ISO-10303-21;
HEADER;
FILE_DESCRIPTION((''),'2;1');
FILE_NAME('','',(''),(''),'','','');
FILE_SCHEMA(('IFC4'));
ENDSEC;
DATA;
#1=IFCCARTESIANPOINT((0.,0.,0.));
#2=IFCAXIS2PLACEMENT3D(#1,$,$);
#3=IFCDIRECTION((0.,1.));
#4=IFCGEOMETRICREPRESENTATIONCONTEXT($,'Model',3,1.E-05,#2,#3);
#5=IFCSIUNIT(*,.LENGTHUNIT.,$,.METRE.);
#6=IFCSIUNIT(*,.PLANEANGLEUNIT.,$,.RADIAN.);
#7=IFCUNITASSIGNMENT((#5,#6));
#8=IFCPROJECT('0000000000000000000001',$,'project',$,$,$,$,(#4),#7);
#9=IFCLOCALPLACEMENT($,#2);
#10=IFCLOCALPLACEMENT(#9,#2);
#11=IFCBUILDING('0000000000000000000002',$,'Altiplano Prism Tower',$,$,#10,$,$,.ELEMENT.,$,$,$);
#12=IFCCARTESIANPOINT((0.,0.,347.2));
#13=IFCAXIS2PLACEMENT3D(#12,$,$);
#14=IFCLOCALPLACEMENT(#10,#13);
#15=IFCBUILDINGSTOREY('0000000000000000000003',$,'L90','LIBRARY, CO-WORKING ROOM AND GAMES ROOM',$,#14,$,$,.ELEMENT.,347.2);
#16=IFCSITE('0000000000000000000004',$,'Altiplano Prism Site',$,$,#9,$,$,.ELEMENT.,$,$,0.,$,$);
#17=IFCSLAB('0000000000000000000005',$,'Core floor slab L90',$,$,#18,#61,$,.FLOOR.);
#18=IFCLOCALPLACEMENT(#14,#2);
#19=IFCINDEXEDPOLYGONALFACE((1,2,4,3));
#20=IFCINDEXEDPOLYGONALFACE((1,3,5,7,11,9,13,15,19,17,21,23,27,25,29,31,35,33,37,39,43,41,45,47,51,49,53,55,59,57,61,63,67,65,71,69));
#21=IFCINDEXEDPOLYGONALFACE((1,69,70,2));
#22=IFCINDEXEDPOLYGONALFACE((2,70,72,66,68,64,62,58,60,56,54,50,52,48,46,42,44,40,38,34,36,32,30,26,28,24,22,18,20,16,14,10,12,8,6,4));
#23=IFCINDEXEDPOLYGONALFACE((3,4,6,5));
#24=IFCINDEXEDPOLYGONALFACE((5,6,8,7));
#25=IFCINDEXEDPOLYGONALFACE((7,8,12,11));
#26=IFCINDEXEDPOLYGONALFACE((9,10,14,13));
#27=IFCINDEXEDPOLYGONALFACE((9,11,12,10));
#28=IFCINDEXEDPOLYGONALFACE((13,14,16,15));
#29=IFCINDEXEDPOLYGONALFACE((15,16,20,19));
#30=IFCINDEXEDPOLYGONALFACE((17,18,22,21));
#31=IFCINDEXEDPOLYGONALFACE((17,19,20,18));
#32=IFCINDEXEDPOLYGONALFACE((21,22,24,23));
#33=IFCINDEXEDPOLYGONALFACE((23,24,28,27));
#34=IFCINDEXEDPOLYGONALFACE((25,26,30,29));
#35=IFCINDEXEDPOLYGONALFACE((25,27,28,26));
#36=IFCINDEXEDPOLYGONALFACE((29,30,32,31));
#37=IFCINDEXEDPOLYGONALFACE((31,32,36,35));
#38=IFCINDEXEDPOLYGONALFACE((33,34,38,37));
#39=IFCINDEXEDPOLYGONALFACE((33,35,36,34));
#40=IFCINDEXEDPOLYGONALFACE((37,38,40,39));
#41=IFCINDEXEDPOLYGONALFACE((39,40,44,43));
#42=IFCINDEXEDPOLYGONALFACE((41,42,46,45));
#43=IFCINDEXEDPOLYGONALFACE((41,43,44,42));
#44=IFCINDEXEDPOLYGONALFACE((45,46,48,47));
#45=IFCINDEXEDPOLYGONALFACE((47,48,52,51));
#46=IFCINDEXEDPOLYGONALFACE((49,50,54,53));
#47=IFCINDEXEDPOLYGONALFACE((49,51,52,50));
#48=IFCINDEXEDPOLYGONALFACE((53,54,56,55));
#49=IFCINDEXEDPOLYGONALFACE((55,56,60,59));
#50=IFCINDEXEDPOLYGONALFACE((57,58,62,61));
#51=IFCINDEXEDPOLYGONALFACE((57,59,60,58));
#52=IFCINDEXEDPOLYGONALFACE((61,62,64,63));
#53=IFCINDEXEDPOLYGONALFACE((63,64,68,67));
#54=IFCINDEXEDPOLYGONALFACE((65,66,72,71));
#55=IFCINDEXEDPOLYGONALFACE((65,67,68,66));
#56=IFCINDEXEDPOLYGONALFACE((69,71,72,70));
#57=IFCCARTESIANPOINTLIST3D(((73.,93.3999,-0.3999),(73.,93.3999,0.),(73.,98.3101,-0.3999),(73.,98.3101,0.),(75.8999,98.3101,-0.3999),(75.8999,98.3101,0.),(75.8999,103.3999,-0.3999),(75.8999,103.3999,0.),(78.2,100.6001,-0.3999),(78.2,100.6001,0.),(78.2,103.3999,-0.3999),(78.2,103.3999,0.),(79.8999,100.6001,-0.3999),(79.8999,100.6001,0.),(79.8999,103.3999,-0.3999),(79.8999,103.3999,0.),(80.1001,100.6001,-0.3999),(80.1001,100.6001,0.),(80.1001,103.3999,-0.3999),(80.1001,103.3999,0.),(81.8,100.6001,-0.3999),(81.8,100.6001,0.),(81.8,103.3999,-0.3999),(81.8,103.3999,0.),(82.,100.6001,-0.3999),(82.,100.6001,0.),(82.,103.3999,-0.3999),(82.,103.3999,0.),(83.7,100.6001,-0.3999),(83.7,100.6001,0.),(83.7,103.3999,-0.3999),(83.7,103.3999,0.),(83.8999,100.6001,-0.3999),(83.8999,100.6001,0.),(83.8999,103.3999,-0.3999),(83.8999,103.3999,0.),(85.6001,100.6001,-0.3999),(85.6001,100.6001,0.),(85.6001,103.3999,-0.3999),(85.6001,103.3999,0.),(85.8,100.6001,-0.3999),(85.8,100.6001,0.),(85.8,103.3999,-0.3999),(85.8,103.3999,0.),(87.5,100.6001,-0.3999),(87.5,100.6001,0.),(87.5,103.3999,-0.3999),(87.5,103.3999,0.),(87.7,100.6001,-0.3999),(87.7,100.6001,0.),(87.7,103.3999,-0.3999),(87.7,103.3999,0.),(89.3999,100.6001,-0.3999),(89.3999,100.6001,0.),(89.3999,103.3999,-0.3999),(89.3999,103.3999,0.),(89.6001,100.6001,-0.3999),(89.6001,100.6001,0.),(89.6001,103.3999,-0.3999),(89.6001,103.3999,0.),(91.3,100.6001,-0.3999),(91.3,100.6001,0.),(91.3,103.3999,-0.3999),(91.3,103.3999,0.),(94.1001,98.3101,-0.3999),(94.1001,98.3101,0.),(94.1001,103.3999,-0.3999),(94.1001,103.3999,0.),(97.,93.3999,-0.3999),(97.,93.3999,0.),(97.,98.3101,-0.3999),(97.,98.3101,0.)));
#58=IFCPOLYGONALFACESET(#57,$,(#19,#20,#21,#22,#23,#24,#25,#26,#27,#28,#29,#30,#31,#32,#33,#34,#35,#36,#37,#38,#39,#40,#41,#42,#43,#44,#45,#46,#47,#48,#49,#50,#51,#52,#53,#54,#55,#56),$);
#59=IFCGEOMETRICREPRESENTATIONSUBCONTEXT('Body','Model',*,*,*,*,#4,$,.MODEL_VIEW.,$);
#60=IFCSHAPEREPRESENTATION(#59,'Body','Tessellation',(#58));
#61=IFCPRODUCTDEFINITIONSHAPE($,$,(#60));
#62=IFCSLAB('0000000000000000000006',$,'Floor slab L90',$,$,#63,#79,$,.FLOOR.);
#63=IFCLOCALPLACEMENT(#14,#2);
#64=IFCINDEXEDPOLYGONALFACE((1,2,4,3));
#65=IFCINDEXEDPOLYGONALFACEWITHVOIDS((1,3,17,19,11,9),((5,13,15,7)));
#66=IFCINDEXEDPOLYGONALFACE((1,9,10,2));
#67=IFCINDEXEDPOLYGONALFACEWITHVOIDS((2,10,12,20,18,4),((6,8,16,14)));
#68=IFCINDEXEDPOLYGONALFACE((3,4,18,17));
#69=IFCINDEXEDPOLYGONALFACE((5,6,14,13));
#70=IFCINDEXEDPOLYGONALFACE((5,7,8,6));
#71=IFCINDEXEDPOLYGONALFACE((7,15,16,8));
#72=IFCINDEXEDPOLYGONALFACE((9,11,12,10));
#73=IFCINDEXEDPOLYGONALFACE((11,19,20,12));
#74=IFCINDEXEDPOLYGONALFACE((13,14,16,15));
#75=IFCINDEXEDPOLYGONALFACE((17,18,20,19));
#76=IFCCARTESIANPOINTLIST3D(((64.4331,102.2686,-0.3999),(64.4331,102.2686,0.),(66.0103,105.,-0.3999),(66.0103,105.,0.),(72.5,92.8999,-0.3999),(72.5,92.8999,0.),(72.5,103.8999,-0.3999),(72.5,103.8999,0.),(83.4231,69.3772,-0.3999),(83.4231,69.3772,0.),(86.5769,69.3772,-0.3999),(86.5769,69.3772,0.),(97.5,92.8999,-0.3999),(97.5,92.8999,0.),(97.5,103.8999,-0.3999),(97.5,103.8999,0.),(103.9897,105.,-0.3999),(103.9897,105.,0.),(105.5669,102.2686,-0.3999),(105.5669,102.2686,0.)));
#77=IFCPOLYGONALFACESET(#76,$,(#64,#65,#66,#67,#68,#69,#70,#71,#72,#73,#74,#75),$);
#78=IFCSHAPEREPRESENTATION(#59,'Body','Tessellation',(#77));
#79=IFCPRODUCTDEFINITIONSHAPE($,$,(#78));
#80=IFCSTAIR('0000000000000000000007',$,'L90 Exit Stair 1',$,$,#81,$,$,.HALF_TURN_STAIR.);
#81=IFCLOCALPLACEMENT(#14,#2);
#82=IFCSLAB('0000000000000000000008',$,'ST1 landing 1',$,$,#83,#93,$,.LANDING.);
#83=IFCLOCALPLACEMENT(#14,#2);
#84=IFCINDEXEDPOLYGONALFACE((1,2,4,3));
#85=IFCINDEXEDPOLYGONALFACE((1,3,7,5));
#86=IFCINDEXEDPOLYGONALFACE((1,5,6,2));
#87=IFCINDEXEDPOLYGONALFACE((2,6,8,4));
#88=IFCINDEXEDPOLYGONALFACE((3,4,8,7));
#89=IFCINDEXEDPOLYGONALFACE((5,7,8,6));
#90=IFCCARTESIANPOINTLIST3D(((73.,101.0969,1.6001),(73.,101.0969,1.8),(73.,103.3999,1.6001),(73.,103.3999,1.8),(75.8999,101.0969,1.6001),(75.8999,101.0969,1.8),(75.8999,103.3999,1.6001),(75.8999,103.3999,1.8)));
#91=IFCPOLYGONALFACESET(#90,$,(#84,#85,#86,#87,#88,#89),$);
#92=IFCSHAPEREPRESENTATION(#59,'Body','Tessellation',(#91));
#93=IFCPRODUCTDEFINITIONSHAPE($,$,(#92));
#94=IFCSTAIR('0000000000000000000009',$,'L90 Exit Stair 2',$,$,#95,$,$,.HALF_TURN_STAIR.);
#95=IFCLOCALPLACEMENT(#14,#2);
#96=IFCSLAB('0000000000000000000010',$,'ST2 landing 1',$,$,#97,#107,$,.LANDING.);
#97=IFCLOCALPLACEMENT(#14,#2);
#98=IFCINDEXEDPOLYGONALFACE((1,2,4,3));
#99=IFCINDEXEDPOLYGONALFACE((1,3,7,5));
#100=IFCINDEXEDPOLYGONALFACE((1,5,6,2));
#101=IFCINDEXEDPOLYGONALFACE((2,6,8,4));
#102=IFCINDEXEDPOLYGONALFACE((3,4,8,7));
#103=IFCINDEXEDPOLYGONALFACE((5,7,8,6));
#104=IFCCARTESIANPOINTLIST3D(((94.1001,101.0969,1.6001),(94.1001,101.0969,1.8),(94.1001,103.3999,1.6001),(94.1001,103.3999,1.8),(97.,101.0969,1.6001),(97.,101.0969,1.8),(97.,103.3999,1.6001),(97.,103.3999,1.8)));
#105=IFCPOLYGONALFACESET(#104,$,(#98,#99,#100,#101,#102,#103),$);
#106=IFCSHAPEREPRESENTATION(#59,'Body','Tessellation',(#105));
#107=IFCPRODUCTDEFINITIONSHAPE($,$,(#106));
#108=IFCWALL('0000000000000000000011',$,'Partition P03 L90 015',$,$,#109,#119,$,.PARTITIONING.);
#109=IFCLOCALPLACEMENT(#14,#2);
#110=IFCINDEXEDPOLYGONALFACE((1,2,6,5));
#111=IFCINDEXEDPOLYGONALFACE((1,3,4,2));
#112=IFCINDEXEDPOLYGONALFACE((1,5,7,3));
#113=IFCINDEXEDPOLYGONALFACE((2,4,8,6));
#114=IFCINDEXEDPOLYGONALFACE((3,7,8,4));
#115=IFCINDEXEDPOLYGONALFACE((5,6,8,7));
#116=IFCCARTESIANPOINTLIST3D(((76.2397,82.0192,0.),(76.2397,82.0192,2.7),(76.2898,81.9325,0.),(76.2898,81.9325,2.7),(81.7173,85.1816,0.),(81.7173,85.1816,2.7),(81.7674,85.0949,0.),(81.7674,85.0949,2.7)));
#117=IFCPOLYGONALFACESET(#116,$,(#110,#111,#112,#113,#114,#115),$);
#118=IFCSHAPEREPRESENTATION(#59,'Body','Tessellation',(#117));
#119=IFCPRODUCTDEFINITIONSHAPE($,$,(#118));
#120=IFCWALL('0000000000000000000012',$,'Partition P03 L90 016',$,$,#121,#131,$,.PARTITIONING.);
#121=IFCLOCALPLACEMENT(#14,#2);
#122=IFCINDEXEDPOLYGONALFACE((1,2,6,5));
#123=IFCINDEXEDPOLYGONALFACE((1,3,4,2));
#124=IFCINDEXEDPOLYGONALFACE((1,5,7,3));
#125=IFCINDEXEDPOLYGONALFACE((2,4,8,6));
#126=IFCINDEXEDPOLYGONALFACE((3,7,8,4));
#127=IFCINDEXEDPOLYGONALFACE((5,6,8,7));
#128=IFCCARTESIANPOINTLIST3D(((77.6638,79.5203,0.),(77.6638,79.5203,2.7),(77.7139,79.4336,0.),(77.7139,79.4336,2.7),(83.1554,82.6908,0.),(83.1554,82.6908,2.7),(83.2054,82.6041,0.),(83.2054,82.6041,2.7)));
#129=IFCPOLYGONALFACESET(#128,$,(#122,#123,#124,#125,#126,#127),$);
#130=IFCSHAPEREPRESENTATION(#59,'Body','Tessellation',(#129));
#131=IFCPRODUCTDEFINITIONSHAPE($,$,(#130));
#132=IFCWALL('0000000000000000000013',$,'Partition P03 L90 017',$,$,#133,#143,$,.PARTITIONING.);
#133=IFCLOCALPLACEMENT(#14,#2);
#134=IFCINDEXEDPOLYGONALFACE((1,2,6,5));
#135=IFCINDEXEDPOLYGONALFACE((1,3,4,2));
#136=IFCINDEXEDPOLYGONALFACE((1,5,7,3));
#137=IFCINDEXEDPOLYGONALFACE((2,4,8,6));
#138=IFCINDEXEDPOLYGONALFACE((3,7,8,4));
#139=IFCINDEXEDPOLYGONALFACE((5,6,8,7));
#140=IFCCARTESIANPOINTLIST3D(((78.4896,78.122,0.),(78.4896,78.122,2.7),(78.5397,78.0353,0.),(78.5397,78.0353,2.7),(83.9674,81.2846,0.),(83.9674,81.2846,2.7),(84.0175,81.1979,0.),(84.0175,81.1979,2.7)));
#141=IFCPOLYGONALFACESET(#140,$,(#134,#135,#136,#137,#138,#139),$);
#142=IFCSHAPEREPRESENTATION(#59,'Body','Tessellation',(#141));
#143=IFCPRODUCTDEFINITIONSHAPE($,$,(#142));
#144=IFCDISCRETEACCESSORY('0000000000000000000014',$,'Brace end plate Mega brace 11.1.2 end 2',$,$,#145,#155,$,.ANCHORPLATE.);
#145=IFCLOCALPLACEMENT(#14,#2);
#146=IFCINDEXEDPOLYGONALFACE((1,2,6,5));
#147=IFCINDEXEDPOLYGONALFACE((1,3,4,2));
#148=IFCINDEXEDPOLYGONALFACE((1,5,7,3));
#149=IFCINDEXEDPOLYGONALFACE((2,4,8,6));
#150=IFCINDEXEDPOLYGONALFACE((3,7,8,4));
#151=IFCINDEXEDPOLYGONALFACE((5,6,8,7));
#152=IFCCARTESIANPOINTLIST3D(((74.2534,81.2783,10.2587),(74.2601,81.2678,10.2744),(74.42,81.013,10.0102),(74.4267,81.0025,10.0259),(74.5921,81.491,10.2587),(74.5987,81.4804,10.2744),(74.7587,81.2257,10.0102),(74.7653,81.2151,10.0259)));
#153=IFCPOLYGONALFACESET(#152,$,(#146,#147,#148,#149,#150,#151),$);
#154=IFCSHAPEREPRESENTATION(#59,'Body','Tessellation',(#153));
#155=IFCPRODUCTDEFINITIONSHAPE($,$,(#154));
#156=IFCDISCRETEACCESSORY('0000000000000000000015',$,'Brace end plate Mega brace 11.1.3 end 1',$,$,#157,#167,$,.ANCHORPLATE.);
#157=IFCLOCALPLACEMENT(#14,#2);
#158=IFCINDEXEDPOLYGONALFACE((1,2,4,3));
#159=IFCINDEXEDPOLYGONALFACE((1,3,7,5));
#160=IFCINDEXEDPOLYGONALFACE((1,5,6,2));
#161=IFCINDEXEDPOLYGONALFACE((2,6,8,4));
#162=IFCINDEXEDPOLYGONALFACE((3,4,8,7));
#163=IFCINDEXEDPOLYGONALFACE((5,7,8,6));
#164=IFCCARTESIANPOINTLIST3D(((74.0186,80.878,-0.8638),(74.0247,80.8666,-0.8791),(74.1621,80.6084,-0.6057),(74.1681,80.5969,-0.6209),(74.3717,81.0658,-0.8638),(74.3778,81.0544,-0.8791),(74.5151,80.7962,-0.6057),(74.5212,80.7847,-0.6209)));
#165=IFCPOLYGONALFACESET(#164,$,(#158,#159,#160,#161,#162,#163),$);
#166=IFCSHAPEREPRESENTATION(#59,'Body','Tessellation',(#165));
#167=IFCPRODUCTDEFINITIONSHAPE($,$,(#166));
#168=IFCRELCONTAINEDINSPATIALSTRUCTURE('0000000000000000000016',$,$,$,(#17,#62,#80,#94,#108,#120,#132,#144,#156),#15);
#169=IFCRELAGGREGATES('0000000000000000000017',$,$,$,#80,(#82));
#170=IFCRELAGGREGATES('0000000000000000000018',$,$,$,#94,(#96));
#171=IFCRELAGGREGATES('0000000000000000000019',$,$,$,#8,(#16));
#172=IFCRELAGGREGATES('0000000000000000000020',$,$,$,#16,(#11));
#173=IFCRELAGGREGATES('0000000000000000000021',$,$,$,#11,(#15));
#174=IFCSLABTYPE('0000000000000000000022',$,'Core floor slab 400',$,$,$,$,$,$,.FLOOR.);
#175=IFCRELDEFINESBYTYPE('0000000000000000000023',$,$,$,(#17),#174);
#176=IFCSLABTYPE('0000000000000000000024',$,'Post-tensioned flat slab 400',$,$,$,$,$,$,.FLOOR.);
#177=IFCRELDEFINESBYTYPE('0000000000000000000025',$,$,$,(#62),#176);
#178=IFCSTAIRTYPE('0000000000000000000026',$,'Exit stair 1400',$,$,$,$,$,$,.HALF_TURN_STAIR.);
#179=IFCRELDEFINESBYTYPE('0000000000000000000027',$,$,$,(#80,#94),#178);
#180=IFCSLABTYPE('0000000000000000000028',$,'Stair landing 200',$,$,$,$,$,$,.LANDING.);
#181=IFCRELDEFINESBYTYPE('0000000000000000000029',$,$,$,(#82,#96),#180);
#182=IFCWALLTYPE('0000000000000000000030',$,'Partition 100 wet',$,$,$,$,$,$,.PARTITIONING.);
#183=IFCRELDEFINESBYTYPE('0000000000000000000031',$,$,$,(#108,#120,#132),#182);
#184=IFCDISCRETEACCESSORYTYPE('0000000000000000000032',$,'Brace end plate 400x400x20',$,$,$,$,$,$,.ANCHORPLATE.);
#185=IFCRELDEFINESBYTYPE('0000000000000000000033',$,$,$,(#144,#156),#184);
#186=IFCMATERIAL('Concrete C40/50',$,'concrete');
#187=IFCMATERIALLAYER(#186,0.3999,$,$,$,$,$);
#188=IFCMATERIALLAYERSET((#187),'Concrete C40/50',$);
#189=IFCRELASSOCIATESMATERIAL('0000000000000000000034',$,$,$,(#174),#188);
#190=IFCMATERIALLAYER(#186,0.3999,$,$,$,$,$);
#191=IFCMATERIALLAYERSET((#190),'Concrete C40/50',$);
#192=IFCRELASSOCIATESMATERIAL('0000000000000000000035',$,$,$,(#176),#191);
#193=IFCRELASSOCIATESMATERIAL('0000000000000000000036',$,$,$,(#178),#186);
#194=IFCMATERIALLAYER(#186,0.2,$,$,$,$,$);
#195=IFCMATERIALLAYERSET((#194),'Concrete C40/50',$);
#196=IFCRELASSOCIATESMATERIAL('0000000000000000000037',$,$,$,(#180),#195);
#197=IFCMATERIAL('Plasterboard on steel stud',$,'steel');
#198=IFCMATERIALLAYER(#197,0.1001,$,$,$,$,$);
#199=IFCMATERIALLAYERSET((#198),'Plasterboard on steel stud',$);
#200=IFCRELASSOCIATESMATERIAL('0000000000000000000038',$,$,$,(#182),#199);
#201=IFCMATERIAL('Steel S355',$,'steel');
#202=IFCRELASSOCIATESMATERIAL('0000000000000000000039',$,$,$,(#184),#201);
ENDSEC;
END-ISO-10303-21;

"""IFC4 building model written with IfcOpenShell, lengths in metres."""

from ifc_helpers import new_model, si_unit, direction, frame, frame_2d, origin, origin_2d, place, context, subcontext, project, spatial, polyline, rectangle, outline, extrude, material, layer, layer_set, material_profile, profile_set, type_object, element, aggregate, save


model = new_model("IFC4")

# Units and contexts
model_context = context("Model", 3, precision=1e-05, world=origin(), true_north=direction((0.0, 1.0)))
body_context = subcontext(model_context, "Body", "Model", "MODEL_VIEW")
ifc_project = project(units=[si_unit("LENGTHUNIT", "METRE"), si_unit("PLANEANGLEUNIT", "RADIAN")], contexts=[model_context])

# Site, building, storey
site_placement = place(None, origin())
site = spatial("IfcSite", under=ifc_project, at=site_placement, Name="Altiplano Prism Site", CompositionType="ELEMENT", RefElevation=0.0)
building_placement = place(site_placement, origin())
building = spatial("IfcBuilding", under=site, at=building_placement, Name="Altiplano Prism Tower", CompositionType="ELEMENT")
storey_placement = place(building_placement, frame((0.0, 0.0, 347.2)))
storey = spatial("IfcBuildingStorey", under=building, at=storey_placement, Name="L90", Description="LIBRARY, CO-WORKING ROOM AND GAMES ROOM", CompositionType="ELEMENT", Elevation=347.2)

# Shared definitions
ifc_material_1 = material(Name="Steel S355", Category="steel")

# Slabs
ifc_material_2 = material(Name="Concrete C40/50", Category="concrete")
ifc_layer_1 = layer(ifc_material_2, 0.3999)
ifc_layer_set_1 = layer_set([ifc_layer_1], Name="Concrete C40/50")
slab_type_1 = type_object("IfcSlabType", Name="Core floor slab 400", PredefinedType="FLOOR", material=ifc_layer_set_1)
slab_1_placement = place(storey_placement, frame((0.0, 0.0, -0.3999)))
element("IfcSlab", 1, at=slab_1_placement, inside=storey, type_object=slab_type_1, Name="Core floor slab L90", PredefinedType="FLOOR", context=body_context, shape_type="SweptSolid", body=[
    extrude(outline(polyline([(97.0, 98.3101), (94.1001, 98.3101), (94.1001, 103.3999), (91.3, 103.3999), (91.3, 100.6001), (89.6001, 100.6001), (89.6001, 103.3999), (89.3999, 103.3999), (89.3999, 100.6001), (87.7, 100.6001), (87.7, 103.3999), (87.5, 103.3999), (87.5, 100.6001), (85.8, 100.6001), (85.8, 103.3999), (85.6001, 103.3999), (85.6001, 100.6001), (83.8999, 100.6001), (83.8999, 103.3999), (83.7, 103.3999), (83.7, 100.6001), (82.0, 100.6001), (82.0, 103.3999), (81.8, 103.3999), (81.8, 100.6001), (80.1001, 100.6001), (80.1001, 103.3999), (79.8999, 103.3999), (79.8999, 100.6001), (78.2, 100.6001), (78.2, 103.3999), (75.8999, 103.3999), (75.8999, 98.3101), (73.0, 98.3101), (73.0, 93.3999), (97.0, 93.3999), (97.0, 98.3101)])), origin(), (0.0, 0.0, 1.0), 0.3999),
])
ifc_layer_2 = layer(ifc_material_2, 0.3999)
ifc_layer_set_2 = layer_set([ifc_layer_2], Name="Concrete C40/50")
slab_type_2 = type_object("IfcSlabType", Name="Post-tensioned flat slab 400", PredefinedType="FLOOR", material=ifc_layer_set_2)
slab_2_placement = place(storey_placement, frame((0.0, 0.0, -0.3999)))
element("IfcSlab", 2, at=slab_2_placement, inside=storey, type_object=slab_type_2, Name="Floor slab L90", PredefinedType="FLOOR", context=body_context, shape_type="SweptSolid", body=[
    extrude(outline(polyline([(105.5669, 102.2686), (86.5769, 69.3772), (83.4231, 69.3772), (64.4331, 102.2686), (66.0103, 105.0), (103.9897, 105.0), (105.5669, 102.2686)]), holes=[polyline([(97.5, 92.8999), (97.5, 103.8999), (72.5, 103.8999), (72.5, 92.8999), (97.5, 92.8999)])]), origin(), (0.0, 0.0, 1.0), 0.3999),
])

# Stairs, slabs
stair_type = type_object("IfcStairType", Name="Exit stair 1400", PredefinedType="HALF_TURN_STAIR", material=ifc_material_2)
stair_1_placement = place(storey_placement, origin())
stair_1 = element("IfcStair", 3, at=stair_1_placement, inside=storey, type_object=stair_type, Name="L90 Exit Stair 1", PredefinedType="HALF_TURN_STAIR")
ifc_layer_3 = layer(ifc_material_2, 0.2)
ifc_layer_set_3 = layer_set([ifc_layer_3], Name="Concrete C40/50")
slab_type_3 = type_object("IfcSlabType", Name="Stair landing 200", PredefinedType="LANDING", material=ifc_layer_set_3)
slab_3_placement = place(storey_placement, frame((0.0, 0.0, 1.6001)))
slab_3 = element("IfcSlab", 4, at=slab_3_placement, type_object=slab_type_3, Name="ST1 landing 1", PredefinedType="LANDING", context=body_context, shape_type="SweptSolid", body=[
    extrude(outline(polyline([(75.8999, 101.0969), (75.8999, 103.3999), (73.0, 103.3999), (73.0, 101.0969), (75.8999, 101.0969)])), origin(), (0.0, 0.0, 1.0), 0.2),
])
aggregate(stair_1, [slab_3])
stair_2_placement = place(storey_placement, origin())
stair_2 = element("IfcStair", 5, at=stair_2_placement, inside=storey, type_object=stair_type, Name="L90 Exit Stair 2", PredefinedType="HALF_TURN_STAIR")
slab_4_placement = place(storey_placement, frame((0.0, 0.0, 1.6001)))
slab_4 = element("IfcSlab", 6, at=slab_4_placement, type_object=slab_type_3, Name="ST2 landing 1", PredefinedType="LANDING", context=body_context, shape_type="SweptSolid", body=[
    extrude(outline(polyline([(97.0, 101.0969), (97.0, 103.3999), (94.1001, 103.3999), (94.1001, 101.0969), (97.0, 101.0969)])), origin(), (0.0, 0.0, 1.0), 0.2),
])
aggregate(stair_2, [slab_4])

# Walls
ifc_material_3 = material(Name="Plasterboard on steel stud", Category="steel")
ifc_layer_4 = layer(ifc_material_3, 0.1001)
ifc_layer_set_4 = layer_set([ifc_layer_4], Name="Plasterboard on steel stud")
wall_type = type_object("IfcWallType", Name="Partition 100 wet", PredefinedType="PARTITIONING", material=ifc_layer_set_4)
wall_1_placement = place(storey_placement, frame((76.2646, 81.9758, 0.0), z_axis=(0.0, 0.0, 1.0), x_axis=(0.866033, 0.499988, 0.0)))
element("IfcWall", 7, at=wall_1_placement, inside=storey, type_object=wall_type, Name="Partition P03 L90 015", PredefinedType="PARTITIONING", context=body_context, shape_type="SweptSolid", body=[
    extrude(rectangle(XDim=6.325, YDim=0.1001, at=frame_2d((3.1626, 0.0))), origin(), (0.0, 0.0, 1.0), 2.7),
])
wall_2_placement = place(storey_placement, frame((77.689, 79.4771, 0.0), z_axis=(0.0, 0.0, 1.0), x_axis=(0.866031, 0.49999, 0.0)))
element("IfcWall", 8, at=wall_2_placement, inside=storey, type_object=wall_type, Name="Partition P03 L90 016", PredefinedType="PARTITIONING", context=body_context, shape_type="SweptSolid", body=[
    extrude(rectangle(XDim=6.3411, YDim=0.1001, at=frame_2d((3.1704, 0.0))), origin(), (0.0, 0.0, 1.0), 2.7),
])
wall_3_placement = place(storey_placement, frame((78.5146, 78.0786, 0.0), z_axis=(0.0, 0.0, 1.0), x_axis=(0.866026, 0.5, 0.0)))
element("IfcWall", 9, at=wall_3_placement, inside=storey, type_object=wall_type, Name="Partition P03 L90 017", PredefinedType="PARTITIONING", context=body_context, shape_type="SweptSolid", body=[
    extrude(rectangle(XDim=6.3252, YDim=0.1001, at=frame_2d((3.1626, 0.0))), origin(), (0.0, 0.0, 1.0), 2.7),
])

# Discrete accessories
ifc_material_profile_1 = material_profile(ifc_material_1, rectangle(XDim=0.3999, YDim=0.3999, at=origin_2d()), Name="Brace end plate 400x400x20")
ifc_profile_set_1 = profile_set([ifc_material_profile_1], Name="Steel S355")
discrete_accessory_type = type_object("IfcDiscreteAccessoryType", Name="Brace end plate 400x400x20", PredefinedType="ANCHORPLATE", material=ifc_profile_set_1)
for number, where, z_axis, x_axis, name in (
    (10, (74.5127, 81.2415, 10.1501), (-0.330499, 0.526351, -0.783406), (-0.84689, -0.531768, 0.0), "Brace end plate Mega brace 11.1.2 end 2"),
    (11, (74.2729, 80.8257, -0.75), (-0.303103, 0.569833, 0.763819), (-0.882872, -0.469613, 0.0), "Brace end plate Mega brace 11.1.3 end 1"),
):
    element("IfcDiscreteAccessory", number, at=place(storey_placement, frame(where, z_axis=z_axis, x_axis=x_axis)), inside=storey, type_object=discrete_accessory_type, Name=name, PredefinedType="ANCHORPLATE", context=body_context, shape_type="SweptSolid", body=[
        extrude(rectangle(XDim=0.3999, YDim=0.3999, at=origin_2d()), origin(), (0.0, 0.0, 1.0), 0.02),
    ])

save(model, "model.ifc")
